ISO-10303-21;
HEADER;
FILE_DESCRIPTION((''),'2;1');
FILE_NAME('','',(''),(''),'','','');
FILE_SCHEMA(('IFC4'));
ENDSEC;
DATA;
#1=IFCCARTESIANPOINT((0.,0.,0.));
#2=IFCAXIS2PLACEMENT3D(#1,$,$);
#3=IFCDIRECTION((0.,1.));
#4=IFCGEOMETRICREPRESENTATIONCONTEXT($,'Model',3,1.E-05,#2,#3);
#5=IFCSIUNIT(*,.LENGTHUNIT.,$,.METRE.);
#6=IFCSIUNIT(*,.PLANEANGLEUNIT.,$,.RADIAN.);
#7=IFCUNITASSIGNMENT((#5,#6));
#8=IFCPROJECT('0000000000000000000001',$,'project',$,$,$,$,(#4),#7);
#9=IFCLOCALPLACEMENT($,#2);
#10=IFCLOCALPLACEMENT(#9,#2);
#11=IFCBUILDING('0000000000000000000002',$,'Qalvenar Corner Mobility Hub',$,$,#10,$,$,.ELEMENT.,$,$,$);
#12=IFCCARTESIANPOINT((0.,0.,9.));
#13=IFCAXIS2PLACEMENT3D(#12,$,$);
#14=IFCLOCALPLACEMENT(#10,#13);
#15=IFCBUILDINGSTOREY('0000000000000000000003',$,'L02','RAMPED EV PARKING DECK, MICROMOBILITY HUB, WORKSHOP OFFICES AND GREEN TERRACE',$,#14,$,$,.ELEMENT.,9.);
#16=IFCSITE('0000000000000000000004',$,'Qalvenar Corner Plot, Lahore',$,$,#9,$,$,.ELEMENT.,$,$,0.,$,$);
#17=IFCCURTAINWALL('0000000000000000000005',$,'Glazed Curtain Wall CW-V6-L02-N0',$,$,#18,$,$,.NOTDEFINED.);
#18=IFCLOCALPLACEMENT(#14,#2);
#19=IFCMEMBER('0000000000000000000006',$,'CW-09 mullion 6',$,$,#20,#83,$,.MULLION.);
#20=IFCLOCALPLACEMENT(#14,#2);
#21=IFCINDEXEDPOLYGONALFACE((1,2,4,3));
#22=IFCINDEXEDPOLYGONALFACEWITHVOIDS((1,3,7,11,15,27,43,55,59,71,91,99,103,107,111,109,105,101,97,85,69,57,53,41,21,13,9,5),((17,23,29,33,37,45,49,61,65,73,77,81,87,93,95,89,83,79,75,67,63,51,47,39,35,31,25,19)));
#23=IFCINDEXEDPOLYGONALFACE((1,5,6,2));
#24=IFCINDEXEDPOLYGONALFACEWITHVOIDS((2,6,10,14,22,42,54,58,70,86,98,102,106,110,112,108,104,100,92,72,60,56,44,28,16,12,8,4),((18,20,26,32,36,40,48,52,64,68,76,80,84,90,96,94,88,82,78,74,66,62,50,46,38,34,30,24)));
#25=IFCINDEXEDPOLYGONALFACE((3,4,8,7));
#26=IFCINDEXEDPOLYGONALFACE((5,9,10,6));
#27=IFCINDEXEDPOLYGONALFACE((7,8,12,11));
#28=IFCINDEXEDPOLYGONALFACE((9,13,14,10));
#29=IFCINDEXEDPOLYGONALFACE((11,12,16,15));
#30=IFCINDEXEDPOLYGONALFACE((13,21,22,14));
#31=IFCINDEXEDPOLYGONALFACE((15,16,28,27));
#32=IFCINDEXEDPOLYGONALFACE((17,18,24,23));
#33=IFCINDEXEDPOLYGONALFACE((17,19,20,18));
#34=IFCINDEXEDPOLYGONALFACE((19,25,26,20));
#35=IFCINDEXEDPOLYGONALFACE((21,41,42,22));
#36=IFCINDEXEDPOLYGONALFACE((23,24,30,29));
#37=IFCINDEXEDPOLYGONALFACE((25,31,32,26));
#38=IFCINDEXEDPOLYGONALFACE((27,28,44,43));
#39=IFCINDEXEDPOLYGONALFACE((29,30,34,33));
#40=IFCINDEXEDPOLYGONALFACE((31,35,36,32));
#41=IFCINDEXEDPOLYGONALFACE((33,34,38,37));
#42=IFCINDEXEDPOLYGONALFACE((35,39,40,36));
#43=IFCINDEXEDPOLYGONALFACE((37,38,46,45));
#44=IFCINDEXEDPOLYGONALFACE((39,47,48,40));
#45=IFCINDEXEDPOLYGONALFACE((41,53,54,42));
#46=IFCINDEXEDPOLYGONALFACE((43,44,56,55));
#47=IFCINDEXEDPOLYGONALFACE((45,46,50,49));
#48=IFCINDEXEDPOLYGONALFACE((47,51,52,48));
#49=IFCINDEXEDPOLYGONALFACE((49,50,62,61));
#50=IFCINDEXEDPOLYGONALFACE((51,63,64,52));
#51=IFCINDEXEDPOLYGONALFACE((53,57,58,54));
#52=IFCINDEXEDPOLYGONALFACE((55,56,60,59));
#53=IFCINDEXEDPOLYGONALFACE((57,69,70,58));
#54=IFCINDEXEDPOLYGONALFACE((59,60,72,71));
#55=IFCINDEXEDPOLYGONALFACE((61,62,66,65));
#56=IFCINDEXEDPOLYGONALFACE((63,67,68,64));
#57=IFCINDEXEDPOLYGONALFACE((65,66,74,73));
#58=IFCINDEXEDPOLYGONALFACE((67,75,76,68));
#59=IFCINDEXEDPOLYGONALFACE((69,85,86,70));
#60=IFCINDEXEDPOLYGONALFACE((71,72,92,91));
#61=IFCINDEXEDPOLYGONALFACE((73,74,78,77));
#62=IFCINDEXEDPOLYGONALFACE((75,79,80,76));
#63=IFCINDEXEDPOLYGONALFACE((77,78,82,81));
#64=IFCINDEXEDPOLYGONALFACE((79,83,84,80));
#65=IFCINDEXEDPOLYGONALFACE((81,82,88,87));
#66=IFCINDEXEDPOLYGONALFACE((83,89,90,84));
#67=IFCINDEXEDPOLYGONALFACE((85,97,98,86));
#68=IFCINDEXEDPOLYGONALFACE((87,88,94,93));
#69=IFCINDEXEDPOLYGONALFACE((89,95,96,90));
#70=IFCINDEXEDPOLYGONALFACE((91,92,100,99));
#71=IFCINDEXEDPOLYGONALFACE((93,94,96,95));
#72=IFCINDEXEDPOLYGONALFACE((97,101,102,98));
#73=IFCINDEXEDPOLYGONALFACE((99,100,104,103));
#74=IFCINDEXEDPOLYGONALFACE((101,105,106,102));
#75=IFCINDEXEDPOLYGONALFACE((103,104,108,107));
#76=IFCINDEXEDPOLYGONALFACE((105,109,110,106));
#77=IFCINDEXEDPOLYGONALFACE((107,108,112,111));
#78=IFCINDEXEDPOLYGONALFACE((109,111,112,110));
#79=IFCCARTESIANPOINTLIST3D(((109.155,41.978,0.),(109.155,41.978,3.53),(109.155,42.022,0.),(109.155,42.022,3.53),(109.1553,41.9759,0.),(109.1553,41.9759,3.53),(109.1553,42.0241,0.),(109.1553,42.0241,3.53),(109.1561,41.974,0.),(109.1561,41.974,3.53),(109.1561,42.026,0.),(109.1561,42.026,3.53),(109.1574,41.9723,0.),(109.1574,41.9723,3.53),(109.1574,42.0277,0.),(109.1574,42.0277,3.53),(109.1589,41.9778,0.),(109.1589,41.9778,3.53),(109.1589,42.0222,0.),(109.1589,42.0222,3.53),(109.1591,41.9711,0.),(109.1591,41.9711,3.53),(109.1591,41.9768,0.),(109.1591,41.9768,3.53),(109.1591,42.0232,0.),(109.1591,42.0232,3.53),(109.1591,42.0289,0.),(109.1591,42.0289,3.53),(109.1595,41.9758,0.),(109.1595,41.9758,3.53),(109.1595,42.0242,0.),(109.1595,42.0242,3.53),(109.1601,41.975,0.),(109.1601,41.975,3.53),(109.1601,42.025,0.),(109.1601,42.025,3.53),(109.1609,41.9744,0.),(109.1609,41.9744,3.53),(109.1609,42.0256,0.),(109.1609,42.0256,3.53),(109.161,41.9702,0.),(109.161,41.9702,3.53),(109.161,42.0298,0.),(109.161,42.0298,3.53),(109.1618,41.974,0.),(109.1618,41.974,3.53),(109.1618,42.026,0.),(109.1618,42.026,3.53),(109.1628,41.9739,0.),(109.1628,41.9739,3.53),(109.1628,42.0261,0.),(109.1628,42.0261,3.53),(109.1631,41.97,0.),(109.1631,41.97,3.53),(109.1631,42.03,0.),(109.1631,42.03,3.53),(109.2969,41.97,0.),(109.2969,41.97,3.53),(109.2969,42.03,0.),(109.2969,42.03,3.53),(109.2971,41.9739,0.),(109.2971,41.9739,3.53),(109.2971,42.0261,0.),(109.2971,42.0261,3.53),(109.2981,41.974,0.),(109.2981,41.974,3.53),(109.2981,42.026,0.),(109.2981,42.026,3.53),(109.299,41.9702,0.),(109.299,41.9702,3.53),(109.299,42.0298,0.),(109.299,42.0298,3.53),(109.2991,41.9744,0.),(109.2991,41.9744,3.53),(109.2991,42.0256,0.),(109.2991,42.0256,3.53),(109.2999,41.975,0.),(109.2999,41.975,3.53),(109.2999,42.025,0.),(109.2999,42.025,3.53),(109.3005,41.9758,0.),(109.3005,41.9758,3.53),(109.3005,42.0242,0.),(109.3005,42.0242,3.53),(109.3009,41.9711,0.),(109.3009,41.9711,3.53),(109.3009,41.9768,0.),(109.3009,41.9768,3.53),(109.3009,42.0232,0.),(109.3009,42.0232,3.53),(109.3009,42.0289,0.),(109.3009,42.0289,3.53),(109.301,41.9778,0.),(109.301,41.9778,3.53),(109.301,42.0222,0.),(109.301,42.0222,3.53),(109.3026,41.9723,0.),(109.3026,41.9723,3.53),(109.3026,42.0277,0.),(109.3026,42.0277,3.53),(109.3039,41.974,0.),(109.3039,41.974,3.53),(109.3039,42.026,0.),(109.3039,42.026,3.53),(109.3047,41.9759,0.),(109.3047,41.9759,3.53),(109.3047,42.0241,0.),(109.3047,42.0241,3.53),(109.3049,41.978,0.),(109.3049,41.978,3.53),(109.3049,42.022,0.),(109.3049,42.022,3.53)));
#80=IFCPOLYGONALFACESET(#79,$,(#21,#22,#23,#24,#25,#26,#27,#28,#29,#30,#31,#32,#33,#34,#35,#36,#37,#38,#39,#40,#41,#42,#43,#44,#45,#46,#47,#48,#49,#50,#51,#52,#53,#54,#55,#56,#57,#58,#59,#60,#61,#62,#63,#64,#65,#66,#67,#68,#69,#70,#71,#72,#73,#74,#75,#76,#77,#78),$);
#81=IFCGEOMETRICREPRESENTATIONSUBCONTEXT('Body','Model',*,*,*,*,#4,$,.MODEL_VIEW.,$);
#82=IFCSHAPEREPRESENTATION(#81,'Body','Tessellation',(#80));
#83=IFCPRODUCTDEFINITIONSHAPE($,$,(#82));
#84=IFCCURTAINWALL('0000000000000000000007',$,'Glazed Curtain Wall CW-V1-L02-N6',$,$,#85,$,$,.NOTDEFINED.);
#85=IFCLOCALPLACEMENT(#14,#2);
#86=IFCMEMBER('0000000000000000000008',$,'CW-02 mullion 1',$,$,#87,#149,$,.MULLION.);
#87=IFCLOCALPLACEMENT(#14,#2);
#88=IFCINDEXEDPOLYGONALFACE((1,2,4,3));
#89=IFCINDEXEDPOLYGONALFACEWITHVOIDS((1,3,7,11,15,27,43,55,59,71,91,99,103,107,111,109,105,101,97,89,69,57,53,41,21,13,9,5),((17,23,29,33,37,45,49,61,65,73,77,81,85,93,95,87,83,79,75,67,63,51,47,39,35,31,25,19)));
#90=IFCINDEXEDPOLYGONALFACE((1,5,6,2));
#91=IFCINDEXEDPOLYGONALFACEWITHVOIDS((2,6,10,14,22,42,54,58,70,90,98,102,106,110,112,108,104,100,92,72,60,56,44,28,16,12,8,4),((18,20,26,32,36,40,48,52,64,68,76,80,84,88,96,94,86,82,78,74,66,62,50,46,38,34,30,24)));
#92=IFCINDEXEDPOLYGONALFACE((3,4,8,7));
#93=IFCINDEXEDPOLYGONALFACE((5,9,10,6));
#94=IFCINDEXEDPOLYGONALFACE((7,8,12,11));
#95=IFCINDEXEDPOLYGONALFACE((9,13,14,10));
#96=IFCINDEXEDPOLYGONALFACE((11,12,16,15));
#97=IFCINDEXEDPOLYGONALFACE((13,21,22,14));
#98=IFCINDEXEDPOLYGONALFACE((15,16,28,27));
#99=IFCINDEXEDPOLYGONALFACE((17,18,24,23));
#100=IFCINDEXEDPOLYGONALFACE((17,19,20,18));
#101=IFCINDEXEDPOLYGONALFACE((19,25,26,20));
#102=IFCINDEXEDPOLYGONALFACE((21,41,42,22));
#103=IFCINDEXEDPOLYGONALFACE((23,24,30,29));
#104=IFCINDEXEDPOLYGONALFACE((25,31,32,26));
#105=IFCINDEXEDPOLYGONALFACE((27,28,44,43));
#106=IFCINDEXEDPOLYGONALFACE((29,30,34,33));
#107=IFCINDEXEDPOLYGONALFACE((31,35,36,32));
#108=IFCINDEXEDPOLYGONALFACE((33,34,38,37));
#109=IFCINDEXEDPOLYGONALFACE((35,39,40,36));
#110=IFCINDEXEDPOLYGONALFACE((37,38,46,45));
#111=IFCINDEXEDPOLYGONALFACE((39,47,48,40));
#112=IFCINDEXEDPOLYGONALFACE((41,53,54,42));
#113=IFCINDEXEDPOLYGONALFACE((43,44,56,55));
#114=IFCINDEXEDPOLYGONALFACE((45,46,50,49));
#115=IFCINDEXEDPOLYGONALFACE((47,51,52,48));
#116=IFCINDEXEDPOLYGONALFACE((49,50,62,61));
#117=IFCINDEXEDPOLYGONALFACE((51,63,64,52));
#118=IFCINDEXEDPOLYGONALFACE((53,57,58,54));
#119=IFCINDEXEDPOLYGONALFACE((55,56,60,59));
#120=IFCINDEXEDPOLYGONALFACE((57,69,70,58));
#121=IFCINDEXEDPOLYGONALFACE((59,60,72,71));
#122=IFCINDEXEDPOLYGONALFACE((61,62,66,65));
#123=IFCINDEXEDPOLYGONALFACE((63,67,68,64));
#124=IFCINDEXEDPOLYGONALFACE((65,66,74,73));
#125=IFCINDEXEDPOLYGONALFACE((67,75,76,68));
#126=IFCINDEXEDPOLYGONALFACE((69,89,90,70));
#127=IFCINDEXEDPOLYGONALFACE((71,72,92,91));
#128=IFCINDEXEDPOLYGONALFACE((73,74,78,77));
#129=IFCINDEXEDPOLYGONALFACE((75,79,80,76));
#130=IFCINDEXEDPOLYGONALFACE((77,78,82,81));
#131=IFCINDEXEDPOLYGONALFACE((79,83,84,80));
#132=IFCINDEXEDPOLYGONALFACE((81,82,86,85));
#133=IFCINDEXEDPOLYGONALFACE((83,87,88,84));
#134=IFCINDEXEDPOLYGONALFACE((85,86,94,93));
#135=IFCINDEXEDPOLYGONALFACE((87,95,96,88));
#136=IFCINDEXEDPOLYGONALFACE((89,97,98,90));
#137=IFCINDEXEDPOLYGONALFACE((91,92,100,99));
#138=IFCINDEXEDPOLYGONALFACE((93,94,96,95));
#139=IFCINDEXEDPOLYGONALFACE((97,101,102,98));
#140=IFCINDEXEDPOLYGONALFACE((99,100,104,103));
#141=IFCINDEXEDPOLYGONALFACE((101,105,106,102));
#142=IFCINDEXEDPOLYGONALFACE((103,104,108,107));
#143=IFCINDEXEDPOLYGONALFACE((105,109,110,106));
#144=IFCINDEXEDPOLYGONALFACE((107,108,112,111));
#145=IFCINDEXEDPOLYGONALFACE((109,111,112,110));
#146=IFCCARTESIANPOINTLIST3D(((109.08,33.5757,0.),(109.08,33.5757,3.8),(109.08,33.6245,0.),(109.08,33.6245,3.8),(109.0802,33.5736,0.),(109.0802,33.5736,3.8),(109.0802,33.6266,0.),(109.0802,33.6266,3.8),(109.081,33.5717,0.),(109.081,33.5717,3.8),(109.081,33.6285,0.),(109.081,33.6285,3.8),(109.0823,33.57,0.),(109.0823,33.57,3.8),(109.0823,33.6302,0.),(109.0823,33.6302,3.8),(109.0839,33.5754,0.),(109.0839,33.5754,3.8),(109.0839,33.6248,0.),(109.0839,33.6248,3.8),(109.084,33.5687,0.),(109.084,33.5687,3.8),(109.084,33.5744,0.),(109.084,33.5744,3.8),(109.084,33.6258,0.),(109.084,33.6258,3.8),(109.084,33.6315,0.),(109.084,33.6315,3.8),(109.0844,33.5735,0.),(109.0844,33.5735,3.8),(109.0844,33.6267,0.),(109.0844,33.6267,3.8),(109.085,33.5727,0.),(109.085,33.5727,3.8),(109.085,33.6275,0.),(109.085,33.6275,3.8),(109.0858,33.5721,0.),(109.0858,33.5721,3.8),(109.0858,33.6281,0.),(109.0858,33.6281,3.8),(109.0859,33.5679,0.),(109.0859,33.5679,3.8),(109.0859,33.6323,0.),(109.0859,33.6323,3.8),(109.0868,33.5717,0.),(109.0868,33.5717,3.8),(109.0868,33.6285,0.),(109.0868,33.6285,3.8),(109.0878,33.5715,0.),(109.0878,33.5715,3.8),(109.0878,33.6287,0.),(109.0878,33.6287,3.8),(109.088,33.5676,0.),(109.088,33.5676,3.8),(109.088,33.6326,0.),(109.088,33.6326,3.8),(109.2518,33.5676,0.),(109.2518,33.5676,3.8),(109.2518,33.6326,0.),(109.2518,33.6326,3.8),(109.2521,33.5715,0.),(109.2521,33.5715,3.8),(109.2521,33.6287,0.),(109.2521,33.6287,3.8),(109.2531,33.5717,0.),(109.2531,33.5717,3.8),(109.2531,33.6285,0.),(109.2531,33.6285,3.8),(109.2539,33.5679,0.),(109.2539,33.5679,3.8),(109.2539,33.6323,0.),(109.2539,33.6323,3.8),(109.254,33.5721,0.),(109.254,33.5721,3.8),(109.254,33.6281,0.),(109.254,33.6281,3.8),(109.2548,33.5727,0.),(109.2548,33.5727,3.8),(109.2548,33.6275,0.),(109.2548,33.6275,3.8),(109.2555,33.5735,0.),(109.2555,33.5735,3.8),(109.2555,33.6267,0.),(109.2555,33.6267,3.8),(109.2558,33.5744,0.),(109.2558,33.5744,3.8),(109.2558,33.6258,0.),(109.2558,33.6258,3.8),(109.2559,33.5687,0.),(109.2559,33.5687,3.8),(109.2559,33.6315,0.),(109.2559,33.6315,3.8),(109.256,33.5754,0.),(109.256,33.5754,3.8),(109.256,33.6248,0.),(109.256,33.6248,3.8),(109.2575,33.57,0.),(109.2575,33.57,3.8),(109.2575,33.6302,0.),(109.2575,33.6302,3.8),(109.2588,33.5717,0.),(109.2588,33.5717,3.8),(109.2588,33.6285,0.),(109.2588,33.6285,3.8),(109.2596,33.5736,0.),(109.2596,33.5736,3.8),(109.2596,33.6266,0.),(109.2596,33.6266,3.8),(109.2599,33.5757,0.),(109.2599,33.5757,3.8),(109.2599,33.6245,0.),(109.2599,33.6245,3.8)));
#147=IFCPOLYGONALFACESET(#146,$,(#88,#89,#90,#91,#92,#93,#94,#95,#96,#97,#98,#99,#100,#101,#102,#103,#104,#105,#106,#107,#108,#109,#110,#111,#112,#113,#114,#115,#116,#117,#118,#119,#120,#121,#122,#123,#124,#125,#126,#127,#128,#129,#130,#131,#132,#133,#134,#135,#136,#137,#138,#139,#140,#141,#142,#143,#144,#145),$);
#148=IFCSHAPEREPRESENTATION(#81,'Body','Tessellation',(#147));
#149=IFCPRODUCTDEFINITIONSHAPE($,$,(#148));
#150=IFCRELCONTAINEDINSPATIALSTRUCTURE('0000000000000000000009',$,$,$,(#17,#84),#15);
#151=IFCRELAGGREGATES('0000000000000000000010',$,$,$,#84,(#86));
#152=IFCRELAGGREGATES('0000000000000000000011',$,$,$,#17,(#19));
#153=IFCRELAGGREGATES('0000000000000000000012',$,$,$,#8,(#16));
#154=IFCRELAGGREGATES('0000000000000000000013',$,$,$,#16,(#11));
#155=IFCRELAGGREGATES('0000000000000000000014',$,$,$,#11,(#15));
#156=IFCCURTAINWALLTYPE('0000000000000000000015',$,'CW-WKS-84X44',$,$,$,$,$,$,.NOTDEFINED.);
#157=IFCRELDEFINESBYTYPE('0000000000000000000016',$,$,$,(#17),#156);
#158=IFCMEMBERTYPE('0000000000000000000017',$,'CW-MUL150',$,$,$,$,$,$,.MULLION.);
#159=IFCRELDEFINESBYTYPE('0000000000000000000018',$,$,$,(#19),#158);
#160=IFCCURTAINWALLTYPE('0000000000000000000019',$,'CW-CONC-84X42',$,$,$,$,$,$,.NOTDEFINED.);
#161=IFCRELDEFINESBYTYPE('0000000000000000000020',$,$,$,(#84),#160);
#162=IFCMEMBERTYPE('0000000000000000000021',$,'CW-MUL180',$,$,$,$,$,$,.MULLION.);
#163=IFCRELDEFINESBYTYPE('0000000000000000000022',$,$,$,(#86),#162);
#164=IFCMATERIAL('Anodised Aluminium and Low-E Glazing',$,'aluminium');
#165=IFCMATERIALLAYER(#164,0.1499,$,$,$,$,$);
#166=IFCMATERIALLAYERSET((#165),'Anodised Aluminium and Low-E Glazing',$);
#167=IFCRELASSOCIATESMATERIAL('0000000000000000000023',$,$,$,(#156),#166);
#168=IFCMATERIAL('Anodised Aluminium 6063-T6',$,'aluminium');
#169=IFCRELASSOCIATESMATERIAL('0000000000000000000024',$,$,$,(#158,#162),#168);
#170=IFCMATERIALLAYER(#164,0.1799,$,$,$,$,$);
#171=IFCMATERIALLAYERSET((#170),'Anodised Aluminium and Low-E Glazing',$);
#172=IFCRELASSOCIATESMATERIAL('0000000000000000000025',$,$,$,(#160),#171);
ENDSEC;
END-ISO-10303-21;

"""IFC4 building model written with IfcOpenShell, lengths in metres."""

from ifc_helpers import new_model, si_unit, direction, frame, origin, origin_2d, place, context, subcontext, project, spatial, hollow_rectangle, extrude, material, layer, layer_set, material_profile, profile_set, type_object, element, aggregate, save


model = new_model("IFC4")

# Units and contexts
model_context = context("Model", 3, precision=1e-05, world=origin(), true_north=direction((0.0, 1.0)))
body_context = subcontext(model_context, "Body", "Model", "MODEL_VIEW")
ifc_project = project(units=[si_unit("LENGTHUNIT", "METRE"), si_unit("PLANEANGLEUNIT", "RADIAN")], contexts=[model_context])

# Site, building, storey
site_placement = place(None, origin())
site = spatial("IfcSite", under=ifc_project, at=site_placement, Name="Qalvenar Corner Plot, Lahore", CompositionType="ELEMENT", RefElevation=0.0)
building_placement = place(site_placement, origin())
building = spatial("IfcBuilding", under=site, at=building_placement, Name="Qalvenar Corner Mobility Hub", CompositionType="ELEMENT")
storey_placement = place(building_placement, frame((0.0, 0.0, 9.0)))
storey = spatial("IfcBuildingStorey", under=building, at=storey_placement, Name="L02", Description="RAMPED EV PARKING DECK, MICROMOBILITY HUB, WORKSHOP OFFICES AND GREEN TERRACE", CompositionType="ELEMENT", Elevation=9.0)

# Curtain walls, members
ifc_material_1 = material(Name="Anodised Aluminium and Low-E Glazing", Category="aluminium")
ifc_layer_1 = layer(ifc_material_1, 0.1499)
ifc_layer_set_1 = layer_set([ifc_layer_1], Name="Anodised Aluminium and Low-E Glazing")
curtain_wall_type_1 = type_object("IfcCurtainWallType", Name="CW-WKS-84X44", PredefinedType="NOTDEFINED", material=ifc_layer_set_1)
curtain_wall_1_placement = place(storey_placement, origin())
curtain_wall_1 = element("IfcCurtainWall", 1, at=curtain_wall_1_placement, inside=storey, type_object=curtain_wall_type_1, Name="Glazed Curtain Wall CW-V6-L02-N0", PredefinedType="NOTDEFINED")
ifc_material_2 = material(Name="Anodised Aluminium 6063-T6", Category="aluminium")
ifc_material_profile_1 = material_profile(ifc_material_2, hollow_rectangle(XDim=0.0601, YDim=0.1499, WallThickness=0.0039, InnerFilletRadius=0.0039, OuterFilletRadius=0.0081, at=origin_2d()), Name="RHS150x60x4")
ifc_profile_set_1 = profile_set([ifc_material_profile_1], Name="Anodised Aluminium 6063-T6")
member_type_1 = type_object("IfcMemberType", Name="CW-MUL150", PredefinedType="MULLION", material=ifc_profile_set_1)
member_1_placement = place(storey_placement, frame((109.23, 42.0, 0.0), z_axis=(0.0, 0.0, 1.0), x_axis=(0.0, -1.0, 0.0)))
member_1 = element("IfcMember", 2, at=member_1_placement, type_object=member_type_1, Name="CW-09 mullion 6", PredefinedType="MULLION", context=body_context, shape_type="SweptSolid", body=[
    extrude(hollow_rectangle(XDim=0.0601, YDim=0.1499, WallThickness=0.0039, InnerFilletRadius=0.0039, OuterFilletRadius=0.0081, at=origin_2d()), origin(), (0.0, 0.0, 1.0), 3.53),
])
ifc_layer_2 = layer(ifc_material_1, 0.1799)
ifc_layer_set_2 = layer_set([ifc_layer_2], Name="Anodised Aluminium and Low-E Glazing")
curtain_wall_type_2 = type_object("IfcCurtainWallType", Name="CW-CONC-84X42", PredefinedType="NOTDEFINED", material=ifc_layer_set_2)
curtain_wall_2_placement = place(storey_placement, origin())
curtain_wall_2 = element("IfcCurtainWall", 3, at=curtain_wall_2_placement, inside=storey, type_object=curtain_wall_type_2, Name="Glazed Curtain Wall CW-V1-L02-N6", PredefinedType="NOTDEFINED")
ifc_material_profile_2 = material_profile(ifc_material_2, hollow_rectangle(XDim=0.0649, YDim=0.1799, WallThickness=0.0039, InnerFilletRadius=0.0039, OuterFilletRadius=0.0081, at=origin_2d()), Name="RHS180x65x4")
ifc_profile_set_2 = profile_set([ifc_material_profile_2], Name="Anodised Aluminium 6063-T6")
member_type_2 = type_object("IfcMemberType", Name="CW-MUL180", PredefinedType="MULLION", material=ifc_profile_set_2)
member_2_placement = place(storey_placement, frame((109.1699, 33.6001, 0.0), z_axis=(0.0, 0.0, 1.0), x_axis=(0.0, -1.0, 0.0)))
member_2 = element("IfcMember", 4, at=member_2_placement, type_object=member_type_2, Name="CW-02 mullion 1", PredefinedType="MULLION", context=body_context, shape_type="SweptSolid", body=[
    extrude(hollow_rectangle(XDim=0.0649, YDim=0.1799, WallThickness=0.0039, InnerFilletRadius=0.0039, OuterFilletRadius=0.0081, at=origin_2d()), origin(), (0.0, 0.0, 1.0), 3.8),
])

aggregate(curtain_wall_2, [member_2])
aggregate(curtain_wall_1, [member_1])

save(model, "model.ifc")
